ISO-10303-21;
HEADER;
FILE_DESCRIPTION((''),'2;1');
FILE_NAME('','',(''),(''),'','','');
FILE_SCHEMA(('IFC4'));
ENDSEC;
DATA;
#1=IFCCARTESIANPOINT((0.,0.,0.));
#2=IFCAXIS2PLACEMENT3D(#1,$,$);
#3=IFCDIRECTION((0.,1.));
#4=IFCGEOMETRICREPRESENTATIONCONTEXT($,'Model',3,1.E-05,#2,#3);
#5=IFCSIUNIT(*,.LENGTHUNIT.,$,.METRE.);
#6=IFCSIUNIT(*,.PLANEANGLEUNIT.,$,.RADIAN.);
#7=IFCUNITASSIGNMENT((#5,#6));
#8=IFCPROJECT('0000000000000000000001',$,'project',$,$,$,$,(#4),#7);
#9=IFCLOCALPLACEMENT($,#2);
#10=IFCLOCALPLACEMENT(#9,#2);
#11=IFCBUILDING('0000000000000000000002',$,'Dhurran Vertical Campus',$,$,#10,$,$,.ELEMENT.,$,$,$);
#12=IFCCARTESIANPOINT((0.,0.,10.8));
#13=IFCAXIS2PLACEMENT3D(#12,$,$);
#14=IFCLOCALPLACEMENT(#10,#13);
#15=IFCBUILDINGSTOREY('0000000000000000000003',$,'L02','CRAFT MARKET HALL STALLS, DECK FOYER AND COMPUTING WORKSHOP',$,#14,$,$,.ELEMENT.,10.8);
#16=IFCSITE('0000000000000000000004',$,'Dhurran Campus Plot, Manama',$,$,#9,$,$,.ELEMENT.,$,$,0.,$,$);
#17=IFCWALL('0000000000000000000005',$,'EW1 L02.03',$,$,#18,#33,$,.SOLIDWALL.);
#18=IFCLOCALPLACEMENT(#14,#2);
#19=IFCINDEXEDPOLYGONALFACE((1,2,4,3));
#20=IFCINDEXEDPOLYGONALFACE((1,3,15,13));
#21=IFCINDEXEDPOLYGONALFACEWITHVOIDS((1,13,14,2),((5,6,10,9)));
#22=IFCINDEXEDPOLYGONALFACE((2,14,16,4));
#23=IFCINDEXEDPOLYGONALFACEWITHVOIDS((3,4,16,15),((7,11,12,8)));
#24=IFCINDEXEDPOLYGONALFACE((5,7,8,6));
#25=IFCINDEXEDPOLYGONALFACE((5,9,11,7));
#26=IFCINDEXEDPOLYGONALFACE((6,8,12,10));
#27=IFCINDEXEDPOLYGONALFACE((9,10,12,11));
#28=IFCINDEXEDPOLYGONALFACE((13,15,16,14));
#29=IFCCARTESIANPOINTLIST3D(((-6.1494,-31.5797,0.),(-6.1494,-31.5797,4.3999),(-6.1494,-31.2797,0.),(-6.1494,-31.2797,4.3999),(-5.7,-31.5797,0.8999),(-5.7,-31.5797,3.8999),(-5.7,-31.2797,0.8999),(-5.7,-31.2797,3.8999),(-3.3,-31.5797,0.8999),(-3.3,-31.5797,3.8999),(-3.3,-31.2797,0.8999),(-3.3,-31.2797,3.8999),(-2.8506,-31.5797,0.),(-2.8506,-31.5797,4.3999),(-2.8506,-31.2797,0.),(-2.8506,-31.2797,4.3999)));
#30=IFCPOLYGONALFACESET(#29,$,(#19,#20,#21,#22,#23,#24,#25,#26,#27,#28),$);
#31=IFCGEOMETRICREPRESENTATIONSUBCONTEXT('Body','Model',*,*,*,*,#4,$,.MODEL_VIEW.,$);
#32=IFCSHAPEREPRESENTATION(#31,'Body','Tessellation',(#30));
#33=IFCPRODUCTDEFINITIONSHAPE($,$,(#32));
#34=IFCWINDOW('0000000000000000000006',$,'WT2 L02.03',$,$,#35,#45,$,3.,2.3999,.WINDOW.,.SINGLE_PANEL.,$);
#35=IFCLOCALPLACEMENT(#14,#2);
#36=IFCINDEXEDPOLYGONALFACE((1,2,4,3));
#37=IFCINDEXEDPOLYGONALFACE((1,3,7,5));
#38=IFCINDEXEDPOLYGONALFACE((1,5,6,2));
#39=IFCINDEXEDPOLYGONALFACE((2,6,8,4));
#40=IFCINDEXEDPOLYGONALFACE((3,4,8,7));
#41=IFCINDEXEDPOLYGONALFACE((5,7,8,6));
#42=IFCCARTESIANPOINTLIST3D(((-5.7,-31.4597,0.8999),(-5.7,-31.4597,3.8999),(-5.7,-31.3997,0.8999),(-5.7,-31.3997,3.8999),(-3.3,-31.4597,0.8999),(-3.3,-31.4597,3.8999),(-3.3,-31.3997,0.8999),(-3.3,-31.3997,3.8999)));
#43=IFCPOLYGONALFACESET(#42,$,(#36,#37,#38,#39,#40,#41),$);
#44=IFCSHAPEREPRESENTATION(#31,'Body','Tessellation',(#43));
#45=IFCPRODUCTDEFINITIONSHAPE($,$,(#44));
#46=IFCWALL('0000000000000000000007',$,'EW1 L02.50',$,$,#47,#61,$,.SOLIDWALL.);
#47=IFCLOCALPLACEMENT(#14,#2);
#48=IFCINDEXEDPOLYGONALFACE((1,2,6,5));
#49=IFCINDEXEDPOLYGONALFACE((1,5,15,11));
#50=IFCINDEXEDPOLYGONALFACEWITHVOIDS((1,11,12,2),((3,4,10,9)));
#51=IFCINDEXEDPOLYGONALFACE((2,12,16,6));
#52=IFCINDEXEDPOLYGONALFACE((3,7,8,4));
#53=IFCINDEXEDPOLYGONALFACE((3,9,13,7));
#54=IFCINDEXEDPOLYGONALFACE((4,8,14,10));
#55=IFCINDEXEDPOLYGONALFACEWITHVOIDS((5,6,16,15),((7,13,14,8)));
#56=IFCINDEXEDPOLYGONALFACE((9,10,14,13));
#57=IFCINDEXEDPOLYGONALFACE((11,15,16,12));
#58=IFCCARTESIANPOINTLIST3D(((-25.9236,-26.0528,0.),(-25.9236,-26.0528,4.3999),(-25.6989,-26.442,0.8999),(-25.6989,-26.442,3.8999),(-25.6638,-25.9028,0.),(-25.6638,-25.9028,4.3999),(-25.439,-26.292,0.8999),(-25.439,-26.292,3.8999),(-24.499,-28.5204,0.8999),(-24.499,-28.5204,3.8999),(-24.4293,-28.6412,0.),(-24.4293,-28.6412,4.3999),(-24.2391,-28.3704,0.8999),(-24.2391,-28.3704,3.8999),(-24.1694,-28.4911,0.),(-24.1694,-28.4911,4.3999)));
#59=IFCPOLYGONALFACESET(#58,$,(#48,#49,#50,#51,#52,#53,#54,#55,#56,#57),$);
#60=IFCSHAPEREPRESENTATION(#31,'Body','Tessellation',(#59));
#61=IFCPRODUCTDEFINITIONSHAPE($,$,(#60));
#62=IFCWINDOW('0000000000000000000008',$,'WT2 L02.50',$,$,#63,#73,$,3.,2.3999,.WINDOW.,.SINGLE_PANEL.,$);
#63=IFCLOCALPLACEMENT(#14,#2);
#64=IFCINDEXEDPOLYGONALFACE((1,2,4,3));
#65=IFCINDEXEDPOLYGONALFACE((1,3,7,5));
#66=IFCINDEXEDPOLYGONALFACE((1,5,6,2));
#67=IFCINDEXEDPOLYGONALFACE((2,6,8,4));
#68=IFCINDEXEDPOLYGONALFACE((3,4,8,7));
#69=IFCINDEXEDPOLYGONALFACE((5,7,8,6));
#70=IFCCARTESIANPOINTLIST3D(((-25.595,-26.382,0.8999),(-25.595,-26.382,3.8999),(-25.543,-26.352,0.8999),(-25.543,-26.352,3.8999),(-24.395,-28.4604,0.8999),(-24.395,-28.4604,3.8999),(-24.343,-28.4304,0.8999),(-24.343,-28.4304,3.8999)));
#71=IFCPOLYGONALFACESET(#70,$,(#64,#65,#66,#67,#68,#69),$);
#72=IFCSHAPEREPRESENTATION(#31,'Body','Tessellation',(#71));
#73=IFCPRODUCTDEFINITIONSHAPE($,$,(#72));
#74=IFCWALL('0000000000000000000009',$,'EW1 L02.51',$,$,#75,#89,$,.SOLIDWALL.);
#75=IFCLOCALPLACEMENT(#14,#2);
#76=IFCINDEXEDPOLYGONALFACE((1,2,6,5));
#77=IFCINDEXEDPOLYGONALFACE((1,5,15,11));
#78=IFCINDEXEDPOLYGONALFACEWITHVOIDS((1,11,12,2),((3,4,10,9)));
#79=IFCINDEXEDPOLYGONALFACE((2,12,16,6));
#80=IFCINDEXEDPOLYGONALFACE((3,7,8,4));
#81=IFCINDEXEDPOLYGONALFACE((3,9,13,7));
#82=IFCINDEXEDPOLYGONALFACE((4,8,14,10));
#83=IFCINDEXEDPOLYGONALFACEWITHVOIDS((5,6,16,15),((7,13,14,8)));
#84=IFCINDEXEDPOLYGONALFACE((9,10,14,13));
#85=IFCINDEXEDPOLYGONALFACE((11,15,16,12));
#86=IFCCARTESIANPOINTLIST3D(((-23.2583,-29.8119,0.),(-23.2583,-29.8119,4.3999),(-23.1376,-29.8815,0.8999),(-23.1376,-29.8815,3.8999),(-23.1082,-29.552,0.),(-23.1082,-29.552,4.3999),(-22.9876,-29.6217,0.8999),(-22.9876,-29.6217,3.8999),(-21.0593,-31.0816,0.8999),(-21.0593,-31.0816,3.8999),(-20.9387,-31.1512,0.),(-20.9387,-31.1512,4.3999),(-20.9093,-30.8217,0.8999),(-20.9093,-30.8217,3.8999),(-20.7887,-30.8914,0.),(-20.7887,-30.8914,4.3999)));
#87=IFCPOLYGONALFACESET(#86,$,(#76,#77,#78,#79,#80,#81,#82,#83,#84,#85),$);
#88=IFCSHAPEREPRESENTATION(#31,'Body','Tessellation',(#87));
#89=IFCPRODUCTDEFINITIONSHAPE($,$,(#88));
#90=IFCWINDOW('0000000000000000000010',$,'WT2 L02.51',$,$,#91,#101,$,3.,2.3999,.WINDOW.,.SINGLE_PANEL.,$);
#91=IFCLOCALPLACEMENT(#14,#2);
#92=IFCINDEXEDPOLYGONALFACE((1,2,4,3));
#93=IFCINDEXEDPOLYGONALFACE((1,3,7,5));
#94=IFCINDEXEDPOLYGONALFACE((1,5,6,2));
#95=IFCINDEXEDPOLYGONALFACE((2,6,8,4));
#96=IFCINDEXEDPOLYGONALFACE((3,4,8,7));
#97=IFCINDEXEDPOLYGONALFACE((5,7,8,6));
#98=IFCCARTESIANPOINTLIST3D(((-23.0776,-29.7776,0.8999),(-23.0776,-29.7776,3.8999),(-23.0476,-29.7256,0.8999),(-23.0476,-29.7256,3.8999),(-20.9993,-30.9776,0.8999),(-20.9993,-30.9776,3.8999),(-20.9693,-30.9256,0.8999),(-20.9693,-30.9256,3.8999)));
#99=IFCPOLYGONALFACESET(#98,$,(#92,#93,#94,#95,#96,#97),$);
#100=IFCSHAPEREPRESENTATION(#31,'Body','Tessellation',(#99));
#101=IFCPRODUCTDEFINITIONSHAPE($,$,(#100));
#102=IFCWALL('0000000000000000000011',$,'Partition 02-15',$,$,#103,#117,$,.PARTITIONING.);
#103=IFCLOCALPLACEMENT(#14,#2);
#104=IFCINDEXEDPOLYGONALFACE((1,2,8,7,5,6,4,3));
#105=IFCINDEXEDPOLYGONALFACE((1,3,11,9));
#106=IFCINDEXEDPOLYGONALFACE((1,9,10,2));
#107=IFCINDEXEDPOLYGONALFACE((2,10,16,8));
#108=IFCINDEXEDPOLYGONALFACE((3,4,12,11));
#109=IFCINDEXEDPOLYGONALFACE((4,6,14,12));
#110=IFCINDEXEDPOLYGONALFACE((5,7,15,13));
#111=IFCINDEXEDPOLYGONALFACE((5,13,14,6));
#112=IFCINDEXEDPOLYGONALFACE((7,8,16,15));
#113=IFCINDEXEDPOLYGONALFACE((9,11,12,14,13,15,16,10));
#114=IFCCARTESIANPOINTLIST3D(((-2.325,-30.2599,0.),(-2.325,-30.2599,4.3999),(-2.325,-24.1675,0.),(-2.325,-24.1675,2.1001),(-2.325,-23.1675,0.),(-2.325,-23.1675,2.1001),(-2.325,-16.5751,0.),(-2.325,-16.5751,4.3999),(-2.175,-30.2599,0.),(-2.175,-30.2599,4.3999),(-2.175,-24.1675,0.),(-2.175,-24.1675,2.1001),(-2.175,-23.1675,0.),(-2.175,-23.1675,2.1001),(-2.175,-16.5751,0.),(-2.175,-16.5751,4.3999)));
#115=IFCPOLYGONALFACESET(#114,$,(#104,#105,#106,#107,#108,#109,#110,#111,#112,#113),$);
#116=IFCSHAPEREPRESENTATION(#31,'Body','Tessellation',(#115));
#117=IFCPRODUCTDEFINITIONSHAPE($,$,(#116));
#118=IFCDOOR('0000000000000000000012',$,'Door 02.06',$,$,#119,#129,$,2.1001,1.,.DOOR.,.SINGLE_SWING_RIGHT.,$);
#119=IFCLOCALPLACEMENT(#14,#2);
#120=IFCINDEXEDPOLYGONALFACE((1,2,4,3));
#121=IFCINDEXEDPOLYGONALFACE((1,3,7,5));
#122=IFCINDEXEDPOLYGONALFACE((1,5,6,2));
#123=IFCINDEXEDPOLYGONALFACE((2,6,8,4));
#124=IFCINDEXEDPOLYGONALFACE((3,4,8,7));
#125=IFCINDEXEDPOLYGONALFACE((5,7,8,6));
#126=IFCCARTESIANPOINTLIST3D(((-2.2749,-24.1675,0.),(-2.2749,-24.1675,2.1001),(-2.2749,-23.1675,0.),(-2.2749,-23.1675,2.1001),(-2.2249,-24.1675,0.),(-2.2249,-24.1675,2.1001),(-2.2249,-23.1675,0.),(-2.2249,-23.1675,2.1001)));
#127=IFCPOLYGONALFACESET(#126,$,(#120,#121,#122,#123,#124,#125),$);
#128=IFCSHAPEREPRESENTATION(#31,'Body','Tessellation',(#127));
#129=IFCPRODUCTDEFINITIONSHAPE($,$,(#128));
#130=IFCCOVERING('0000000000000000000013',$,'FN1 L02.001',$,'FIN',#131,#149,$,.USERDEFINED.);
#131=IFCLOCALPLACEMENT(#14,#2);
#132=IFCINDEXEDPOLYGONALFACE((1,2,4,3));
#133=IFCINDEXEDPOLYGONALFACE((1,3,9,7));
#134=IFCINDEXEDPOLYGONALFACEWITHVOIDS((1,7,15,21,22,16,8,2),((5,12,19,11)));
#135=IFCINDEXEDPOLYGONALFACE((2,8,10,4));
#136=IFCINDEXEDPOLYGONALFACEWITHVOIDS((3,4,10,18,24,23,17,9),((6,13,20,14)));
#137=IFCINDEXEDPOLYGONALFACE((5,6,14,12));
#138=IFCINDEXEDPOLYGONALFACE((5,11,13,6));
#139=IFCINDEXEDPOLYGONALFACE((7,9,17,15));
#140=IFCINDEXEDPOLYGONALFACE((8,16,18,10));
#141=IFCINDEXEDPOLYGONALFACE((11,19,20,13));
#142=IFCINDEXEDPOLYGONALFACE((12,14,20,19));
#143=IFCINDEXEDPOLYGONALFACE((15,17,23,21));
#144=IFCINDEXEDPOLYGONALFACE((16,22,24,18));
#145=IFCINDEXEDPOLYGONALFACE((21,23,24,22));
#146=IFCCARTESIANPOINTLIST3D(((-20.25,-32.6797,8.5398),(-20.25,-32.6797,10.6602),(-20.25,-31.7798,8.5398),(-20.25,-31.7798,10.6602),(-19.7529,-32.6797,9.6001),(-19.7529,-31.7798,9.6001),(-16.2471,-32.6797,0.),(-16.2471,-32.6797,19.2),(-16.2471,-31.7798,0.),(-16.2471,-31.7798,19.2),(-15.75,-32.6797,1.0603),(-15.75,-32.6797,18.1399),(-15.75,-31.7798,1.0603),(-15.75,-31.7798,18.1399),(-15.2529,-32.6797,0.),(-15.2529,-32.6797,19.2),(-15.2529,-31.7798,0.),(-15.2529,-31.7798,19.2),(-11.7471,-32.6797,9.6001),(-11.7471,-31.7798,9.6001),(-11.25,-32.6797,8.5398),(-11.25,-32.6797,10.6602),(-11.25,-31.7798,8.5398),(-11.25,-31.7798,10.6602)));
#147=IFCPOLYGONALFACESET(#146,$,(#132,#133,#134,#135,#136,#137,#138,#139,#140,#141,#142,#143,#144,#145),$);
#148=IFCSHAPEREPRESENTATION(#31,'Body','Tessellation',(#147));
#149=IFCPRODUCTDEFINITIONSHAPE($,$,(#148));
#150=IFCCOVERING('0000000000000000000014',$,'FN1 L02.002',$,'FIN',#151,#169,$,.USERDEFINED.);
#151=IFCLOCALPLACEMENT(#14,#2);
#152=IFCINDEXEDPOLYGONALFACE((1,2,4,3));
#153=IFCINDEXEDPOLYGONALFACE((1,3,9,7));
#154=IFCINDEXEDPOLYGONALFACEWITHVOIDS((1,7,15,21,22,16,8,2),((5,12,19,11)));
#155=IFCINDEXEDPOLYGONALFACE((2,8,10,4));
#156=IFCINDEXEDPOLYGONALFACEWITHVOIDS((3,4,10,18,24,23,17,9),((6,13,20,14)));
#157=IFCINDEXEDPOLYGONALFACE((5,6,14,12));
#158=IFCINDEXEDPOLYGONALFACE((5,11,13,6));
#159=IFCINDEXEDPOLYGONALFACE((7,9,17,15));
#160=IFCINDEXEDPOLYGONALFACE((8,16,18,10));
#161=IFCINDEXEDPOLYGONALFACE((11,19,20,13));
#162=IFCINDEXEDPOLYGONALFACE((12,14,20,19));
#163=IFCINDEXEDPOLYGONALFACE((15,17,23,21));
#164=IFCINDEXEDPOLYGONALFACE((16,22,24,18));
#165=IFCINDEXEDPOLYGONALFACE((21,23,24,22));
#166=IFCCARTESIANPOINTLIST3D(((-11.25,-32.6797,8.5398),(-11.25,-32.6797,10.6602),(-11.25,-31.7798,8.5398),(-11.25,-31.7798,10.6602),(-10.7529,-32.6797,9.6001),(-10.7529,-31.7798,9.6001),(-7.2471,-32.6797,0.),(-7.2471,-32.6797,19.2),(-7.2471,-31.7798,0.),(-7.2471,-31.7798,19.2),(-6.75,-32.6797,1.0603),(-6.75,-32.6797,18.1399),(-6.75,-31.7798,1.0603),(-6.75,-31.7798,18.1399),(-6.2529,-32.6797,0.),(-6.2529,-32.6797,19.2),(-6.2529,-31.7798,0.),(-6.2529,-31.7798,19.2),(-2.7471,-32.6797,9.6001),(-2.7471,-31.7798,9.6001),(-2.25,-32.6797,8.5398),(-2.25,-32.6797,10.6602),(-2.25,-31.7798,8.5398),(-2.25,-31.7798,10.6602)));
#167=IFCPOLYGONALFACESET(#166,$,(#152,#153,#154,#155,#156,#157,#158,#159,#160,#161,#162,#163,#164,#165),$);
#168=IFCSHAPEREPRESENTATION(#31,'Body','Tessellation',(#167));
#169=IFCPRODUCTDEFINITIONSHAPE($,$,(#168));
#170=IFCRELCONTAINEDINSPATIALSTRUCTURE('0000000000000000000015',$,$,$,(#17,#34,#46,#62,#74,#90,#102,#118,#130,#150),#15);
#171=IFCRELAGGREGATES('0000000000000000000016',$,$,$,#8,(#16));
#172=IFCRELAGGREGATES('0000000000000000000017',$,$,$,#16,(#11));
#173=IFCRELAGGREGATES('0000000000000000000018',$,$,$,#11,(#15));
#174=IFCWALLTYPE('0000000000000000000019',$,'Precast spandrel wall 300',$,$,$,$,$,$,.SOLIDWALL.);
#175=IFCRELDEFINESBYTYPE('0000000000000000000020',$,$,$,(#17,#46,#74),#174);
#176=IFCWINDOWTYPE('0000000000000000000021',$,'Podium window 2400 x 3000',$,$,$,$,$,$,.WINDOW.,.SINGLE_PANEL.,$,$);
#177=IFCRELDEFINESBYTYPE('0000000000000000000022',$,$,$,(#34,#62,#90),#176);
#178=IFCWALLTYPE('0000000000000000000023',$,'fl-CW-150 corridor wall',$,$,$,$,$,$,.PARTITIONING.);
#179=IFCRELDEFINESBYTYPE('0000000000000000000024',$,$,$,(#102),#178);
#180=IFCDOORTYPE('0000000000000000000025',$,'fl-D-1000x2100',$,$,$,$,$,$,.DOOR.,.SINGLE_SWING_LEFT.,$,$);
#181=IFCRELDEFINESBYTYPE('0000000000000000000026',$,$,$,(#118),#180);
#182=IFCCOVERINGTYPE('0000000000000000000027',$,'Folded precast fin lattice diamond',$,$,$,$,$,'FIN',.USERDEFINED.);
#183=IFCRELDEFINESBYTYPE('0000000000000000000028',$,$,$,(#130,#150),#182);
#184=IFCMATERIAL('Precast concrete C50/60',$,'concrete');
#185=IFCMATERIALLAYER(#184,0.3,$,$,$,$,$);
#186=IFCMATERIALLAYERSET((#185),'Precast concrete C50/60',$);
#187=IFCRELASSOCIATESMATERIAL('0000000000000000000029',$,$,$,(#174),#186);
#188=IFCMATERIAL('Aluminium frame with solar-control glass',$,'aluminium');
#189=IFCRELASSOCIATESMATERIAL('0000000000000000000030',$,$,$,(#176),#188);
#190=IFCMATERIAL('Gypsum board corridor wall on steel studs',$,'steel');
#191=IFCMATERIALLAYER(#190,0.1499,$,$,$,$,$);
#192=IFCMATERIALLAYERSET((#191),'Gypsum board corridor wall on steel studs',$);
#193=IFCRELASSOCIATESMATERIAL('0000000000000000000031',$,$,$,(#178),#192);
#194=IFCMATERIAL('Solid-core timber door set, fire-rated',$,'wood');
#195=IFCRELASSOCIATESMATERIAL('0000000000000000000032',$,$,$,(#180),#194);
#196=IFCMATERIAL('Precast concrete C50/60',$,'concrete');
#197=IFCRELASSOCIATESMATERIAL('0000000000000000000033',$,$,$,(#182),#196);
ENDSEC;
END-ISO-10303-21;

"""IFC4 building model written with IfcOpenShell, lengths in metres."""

from ifc_helpers import new_model, si_unit, direction, frame, frame_2d, origin, place, context, subcontext, project, spatial, polyline, rectangle, outline, extrude, material, layer, layer_set, type_object, element, fill, save


model = new_model("IFC4")

# Units and contexts
model_context = context("Model", 3, precision=1e-05, world=origin(), true_north=direction((0.0, 1.0)))
body_context = subcontext(model_context, "Body", "Model", "MODEL_VIEW")
ifc_project = project(units=[si_unit("LENGTHUNIT", "METRE"), si_unit("PLANEANGLEUNIT", "RADIAN")], contexts=[model_context])

# Site, building, storey
site_placement = place(None, origin())
site = spatial("IfcSite", under=ifc_project, at=site_placement, Name="Dhurran Campus Plot, Manama", CompositionType="ELEMENT", RefElevation=0.0)
building_placement = place(site_placement, origin())
building = spatial("IfcBuilding", under=site, at=building_placement, Name="Dhurran Vertical Campus", CompositionType="ELEMENT")
storey_placement = place(building_placement, frame((0.0, 0.0, 10.8)))
storey = spatial("IfcBuildingStorey", under=building, at=storey_placement, Name="L02", Description="CRAFT MARKET HALL STALLS, DECK FOYER AND COMPUTING WORKSHOP", CompositionType="ELEMENT", Elevation=10.8)

# Walls, openings, windows
ifc_material_1 = material(Name="Precast concrete C50/60", Category="concrete")
ifc_layer_1 = layer(ifc_material_1, 0.3)
ifc_layer_set_1 = layer_set([ifc_layer_1], Name="Precast concrete C50/60")
wall_type_1 = type_object("IfcWallType", Name="Precast spandrel wall 300", PredefinedType="SOLIDWALL", material=ifc_layer_set_1)
ifc_material_2 = material(Name="Aluminium frame with solar-control glass", Category="aluminium")
window_type = type_object("IfcWindowType", Name="Podium window 2400 x 3000", PartitioningType="SINGLE_PANEL", PredefinedType="WINDOW", material=ifc_material_2)
wall_1_placement = place(storey_placement, frame((-6.1494, -31.4297, 0.0), z_axis=(0.0, 0.0, 1.0), x_axis=(1.0, 0.0, 0.0)))
wall_1 = element("IfcWall", 1, at=wall_1_placement, inside=storey, type_object=wall_type_1, Name="EW1 L02.03", PredefinedType="SOLIDWALL", context=body_context, shape_type="SweptSolid", body=[
    extrude(rectangle(XDim=3.2988, YDim=0.3, at=frame_2d((1.6494, 0.0))), origin(), (0.0, 0.0, 1.0), 4.3999),
])
opening_1_placement = place(wall_1_placement, frame((0.4495, 0.0, 0.8999)))
opening_1 = element("IfcOpeningElement", 2, at=opening_1_placement, cuts=wall_1, PredefinedType="OPENING", context=body_context, shape_type="SweptSolid", body=[
    extrude(rectangle(XDim=2.3999, YDim=3.0, at=frame_2d((1.2, 1.5))), frame((0.0, 0.1599, 0.0), z_axis=(0.0, -1.0, 0.0), x_axis=(1.0, 0.0, 0.0)), (0.0, 0.0, 1.0), 0.3201),
])
window_1_placement = place(opening_1_placement, origin())
window_1 = element("IfcWindow", 3, at=window_1_placement, inside=storey, type_object=window_type, Name="WT2 L02.03", OverallHeight=3.0, OverallWidth=2.3999, PartitioningType="SINGLE_PANEL", PredefinedType="WINDOW", context=body_context, shape_type="SweptSolid", body=[
    extrude(rectangle(XDim=2.3999, YDim=3.0, at=frame_2d((1.2, 1.5))), frame((0.0, 0.03, 0.0), z_axis=(0.0, -1.0, 0.0), x_axis=(1.0, 0.0, 0.0)), (0.0, 0.0, 1.0), 0.0601),
])
fill(opening_1, window_1)
wall_2_placement = place(storey_placement, frame((-25.7937, -25.9778, 0.0), z_axis=(0.0, 0.0, 1.0), x_axis=(0.499996, -0.866028, 0.0)))
wall_2 = element("IfcWall", 4, at=wall_2_placement, inside=storey, type_object=wall_type_1, Name="EW1 L02.50", PredefinedType="SOLIDWALL", context=body_context, shape_type="SweptSolid", body=[
    extrude(rectangle(XDim=2.9888, YDim=0.3, at=frame_2d((1.4944, 0.0))), origin(), (0.0, 0.0, 1.0), 4.3999),
])
opening_2_placement = place(wall_2_placement, frame((0.4495, 0.0, 0.8999)))
opening_2 = element("IfcOpeningElement", 5, at=opening_2_placement, cuts=wall_2, PredefinedType="OPENING", context=body_context, shape_type="SweptSolid", body=[
    extrude(rectangle(XDim=2.3999, YDim=3.0, at=frame_2d((1.2, 1.5))), frame((0.0, 0.1599, 0.0), z_axis=(0.0, -1.0, 0.0), x_axis=(1.0, 0.0, 0.0)), (0.0, 0.0, 1.0), 0.3201),
])
window_2_placement = place(opening_2_placement, origin())
window_2 = element("IfcWindow", 6, at=window_2_placement, inside=storey, type_object=window_type, Name="WT2 L02.50", OverallHeight=3.0, OverallWidth=2.3999, PartitioningType="SINGLE_PANEL", PredefinedType="WINDOW", context=body_context, shape_type="SweptSolid", body=[
    extrude(rectangle(XDim=2.3999, YDim=3.0, at=frame_2d((1.2, 1.5))), frame((0.0, 0.03, 0.0), z_axis=(0.0, -1.0, 0.0), x_axis=(1.0, 0.0, 0.0)), (0.0, 0.0, 1.0), 0.0601),
])
fill(opening_2, window_2)
wall_3_placement = place(storey_placement, frame((-23.1833, -29.6819, 0.0), z_axis=(0.0, 0.0, 1.0), x_axis=(0.866002, -0.500041, 0.0)))
wall_3 = element("IfcWall", 7, at=wall_3_placement, inside=storey, type_object=wall_type_1, Name="EW1 L02.51", PredefinedType="SOLIDWALL", context=body_context, shape_type="SweptSolid", body=[
    extrude(rectangle(XDim=2.6785, YDim=0.3, at=frame_2d((1.3394, 0.0))), origin(), (0.0, 0.0, 1.0), 4.3999),
])
opening_3_placement = place(wall_3_placement, frame((0.1394, 0.0, 0.8999)))
opening_3 = element("IfcOpeningElement", 8, at=opening_3_placement, cuts=wall_3, PredefinedType="OPENING", context=body_context, shape_type="SweptSolid", body=[
    extrude(rectangle(XDim=2.3999, YDim=3.0, at=frame_2d((1.2, 1.5))), frame((0.0, 0.1599, 0.0), z_axis=(0.0, -1.0, 0.0), x_axis=(1.0, 0.0, 0.0)), (0.0, 0.0, 1.0), 0.3201),
])
window_3_placement = place(opening_3_placement, origin())
window_3 = element("IfcWindow", 9, at=window_3_placement, inside=storey, type_object=window_type, Name="WT2 L02.51", OverallHeight=3.0, OverallWidth=2.3999, PartitioningType="SINGLE_PANEL", PredefinedType="WINDOW", context=body_context, shape_type="SweptSolid", body=[
    extrude(rectangle(XDim=2.3999, YDim=3.0, at=frame_2d((1.2, 1.5))), frame((0.0, 0.03, 0.0), z_axis=(0.0, -1.0, 0.0), x_axis=(1.0, 0.0, 0.0)), (0.0, 0.0, 1.0), 0.0601),
])
fill(opening_3, window_3)

# Wall, opening, door
ifc_material_3 = material(Name="Gypsum board corridor wall on steel studs", Category="steel")
ifc_layer_2 = layer(ifc_material_3, 0.1499)
ifc_layer_set_2 = layer_set([ifc_layer_2], Name="Gypsum board corridor wall on steel studs")
wall_type_2 = type_object("IfcWallType", Name="fl-CW-150 corridor wall", PredefinedType="PARTITIONING", material=ifc_layer_set_2)
wall_4_placement = place(storey_placement, frame((-2.25, -30.2598, 0.0), z_axis=(0.0, 0.0, 1.0), x_axis=(0.0, 1.0, 0.0)))
wall_4 = element("IfcWall", 10, at=wall_4_placement, inside=storey, type_object=wall_type_2, Name="Partition 02-15", PredefinedType="PARTITIONING", context=body_context, shape_type="SweptSolid", body=[
    extrude(rectangle(XDim=13.6848, YDim=0.1499, at=frame_2d((6.8423, 0.0))), origin(), (0.0, 0.0, 1.0), 4.3999),
])
opening_4_placement = place(wall_4_placement, frame((6.0923, 0.0, 0.0)))
opening_4 = element("IfcOpeningElement", 11, at=opening_4_placement, cuts=wall_4, PredefinedType="OPENING", context=body_context, shape_type="SweptSolid", body=[
    extrude(rectangle(XDim=1.0, YDim=2.1001, at=frame_2d((0.5, 1.05))), frame((0.0, 0.085, 0.0), z_axis=(0.0, -1.0, 0.0), x_axis=(1.0, 0.0, 0.0)), (0.0, 0.0, 1.0), 0.1699),
])
ifc_material_4 = material(Name="Solid-core timber door set, fire-rated", Category="wood")
door_type = type_object("IfcDoorType", Name="fl-D-1000x2100", OperationType="SINGLE_SWING_LEFT", PredefinedType="DOOR", material=ifc_material_4)
door_placement = place(opening_4_placement, origin())
door = element("IfcDoor", 12, at=door_placement, inside=storey, type_object=door_type, Name="Door 02.06", OperationType="SINGLE_SWING_RIGHT", OverallHeight=2.1001, OverallWidth=1.0, PredefinedType="DOOR", context=body_context, shape_type="SweptSolid", body=[
    extrude(rectangle(XDim=1.0, YDim=2.1001, at=frame_2d((0.5, 1.05))), frame((0.0, 0.0249, 0.0), z_axis=(0.0, -1.0, 0.0), x_axis=(1.0, 0.0, 0.0)), (0.0, 0.0, 1.0), 0.05),
])
fill(opening_4, door)

# Coverings
ifc_material_5 = material(Name="Precast concrete C50/60", Category="concrete")
covering_type = type_object("IfcCoveringType", Name="Folded precast fin lattice diamond", ElementType="FIN", PredefinedType="USERDEFINED", material=ifc_material_5)
for number, where, z_axis, x_axis, name in (
    (13, (-20.25, -31.7798, 0.0), (0.0, -1.0, 0.0), (1.0, 0.0, 0.0), "FN1 L02.001"),
    (14, (-11.25, -31.7798, 0.0), (0.0, -1.0, 0.0), (1.0, 0.0, 0.0), "FN1 L02.002"),
):
    element("IfcCovering", number, at=place(storey_placement, frame(where, z_axis=z_axis, x_axis=x_axis)), inside=storey, type_object=covering_type, Name=name, ObjectType="FIN", PredefinedType="USERDEFINED", context=body_context, shape_type="SweptSolid", body=[
        extrude(outline(polyline([(9.0, 10.6602), (9.0, 8.5398), (4.9971, 0.0), (4.0029, 0.0), (0.0, 8.5398), (0.0, 10.6602), (4.0029, 19.2), (4.9971, 19.2), (9.0, 10.6602)]), holes=[polyline([(8.5029, 9.6001), (4.5, 18.1399), (0.4971, 9.6001), (4.5, 1.0603), (8.5029, 9.6001)])]), origin(), (0.0, 0.0, 1.0), 0.8999),
    ])

save(model, "model.ifc")
